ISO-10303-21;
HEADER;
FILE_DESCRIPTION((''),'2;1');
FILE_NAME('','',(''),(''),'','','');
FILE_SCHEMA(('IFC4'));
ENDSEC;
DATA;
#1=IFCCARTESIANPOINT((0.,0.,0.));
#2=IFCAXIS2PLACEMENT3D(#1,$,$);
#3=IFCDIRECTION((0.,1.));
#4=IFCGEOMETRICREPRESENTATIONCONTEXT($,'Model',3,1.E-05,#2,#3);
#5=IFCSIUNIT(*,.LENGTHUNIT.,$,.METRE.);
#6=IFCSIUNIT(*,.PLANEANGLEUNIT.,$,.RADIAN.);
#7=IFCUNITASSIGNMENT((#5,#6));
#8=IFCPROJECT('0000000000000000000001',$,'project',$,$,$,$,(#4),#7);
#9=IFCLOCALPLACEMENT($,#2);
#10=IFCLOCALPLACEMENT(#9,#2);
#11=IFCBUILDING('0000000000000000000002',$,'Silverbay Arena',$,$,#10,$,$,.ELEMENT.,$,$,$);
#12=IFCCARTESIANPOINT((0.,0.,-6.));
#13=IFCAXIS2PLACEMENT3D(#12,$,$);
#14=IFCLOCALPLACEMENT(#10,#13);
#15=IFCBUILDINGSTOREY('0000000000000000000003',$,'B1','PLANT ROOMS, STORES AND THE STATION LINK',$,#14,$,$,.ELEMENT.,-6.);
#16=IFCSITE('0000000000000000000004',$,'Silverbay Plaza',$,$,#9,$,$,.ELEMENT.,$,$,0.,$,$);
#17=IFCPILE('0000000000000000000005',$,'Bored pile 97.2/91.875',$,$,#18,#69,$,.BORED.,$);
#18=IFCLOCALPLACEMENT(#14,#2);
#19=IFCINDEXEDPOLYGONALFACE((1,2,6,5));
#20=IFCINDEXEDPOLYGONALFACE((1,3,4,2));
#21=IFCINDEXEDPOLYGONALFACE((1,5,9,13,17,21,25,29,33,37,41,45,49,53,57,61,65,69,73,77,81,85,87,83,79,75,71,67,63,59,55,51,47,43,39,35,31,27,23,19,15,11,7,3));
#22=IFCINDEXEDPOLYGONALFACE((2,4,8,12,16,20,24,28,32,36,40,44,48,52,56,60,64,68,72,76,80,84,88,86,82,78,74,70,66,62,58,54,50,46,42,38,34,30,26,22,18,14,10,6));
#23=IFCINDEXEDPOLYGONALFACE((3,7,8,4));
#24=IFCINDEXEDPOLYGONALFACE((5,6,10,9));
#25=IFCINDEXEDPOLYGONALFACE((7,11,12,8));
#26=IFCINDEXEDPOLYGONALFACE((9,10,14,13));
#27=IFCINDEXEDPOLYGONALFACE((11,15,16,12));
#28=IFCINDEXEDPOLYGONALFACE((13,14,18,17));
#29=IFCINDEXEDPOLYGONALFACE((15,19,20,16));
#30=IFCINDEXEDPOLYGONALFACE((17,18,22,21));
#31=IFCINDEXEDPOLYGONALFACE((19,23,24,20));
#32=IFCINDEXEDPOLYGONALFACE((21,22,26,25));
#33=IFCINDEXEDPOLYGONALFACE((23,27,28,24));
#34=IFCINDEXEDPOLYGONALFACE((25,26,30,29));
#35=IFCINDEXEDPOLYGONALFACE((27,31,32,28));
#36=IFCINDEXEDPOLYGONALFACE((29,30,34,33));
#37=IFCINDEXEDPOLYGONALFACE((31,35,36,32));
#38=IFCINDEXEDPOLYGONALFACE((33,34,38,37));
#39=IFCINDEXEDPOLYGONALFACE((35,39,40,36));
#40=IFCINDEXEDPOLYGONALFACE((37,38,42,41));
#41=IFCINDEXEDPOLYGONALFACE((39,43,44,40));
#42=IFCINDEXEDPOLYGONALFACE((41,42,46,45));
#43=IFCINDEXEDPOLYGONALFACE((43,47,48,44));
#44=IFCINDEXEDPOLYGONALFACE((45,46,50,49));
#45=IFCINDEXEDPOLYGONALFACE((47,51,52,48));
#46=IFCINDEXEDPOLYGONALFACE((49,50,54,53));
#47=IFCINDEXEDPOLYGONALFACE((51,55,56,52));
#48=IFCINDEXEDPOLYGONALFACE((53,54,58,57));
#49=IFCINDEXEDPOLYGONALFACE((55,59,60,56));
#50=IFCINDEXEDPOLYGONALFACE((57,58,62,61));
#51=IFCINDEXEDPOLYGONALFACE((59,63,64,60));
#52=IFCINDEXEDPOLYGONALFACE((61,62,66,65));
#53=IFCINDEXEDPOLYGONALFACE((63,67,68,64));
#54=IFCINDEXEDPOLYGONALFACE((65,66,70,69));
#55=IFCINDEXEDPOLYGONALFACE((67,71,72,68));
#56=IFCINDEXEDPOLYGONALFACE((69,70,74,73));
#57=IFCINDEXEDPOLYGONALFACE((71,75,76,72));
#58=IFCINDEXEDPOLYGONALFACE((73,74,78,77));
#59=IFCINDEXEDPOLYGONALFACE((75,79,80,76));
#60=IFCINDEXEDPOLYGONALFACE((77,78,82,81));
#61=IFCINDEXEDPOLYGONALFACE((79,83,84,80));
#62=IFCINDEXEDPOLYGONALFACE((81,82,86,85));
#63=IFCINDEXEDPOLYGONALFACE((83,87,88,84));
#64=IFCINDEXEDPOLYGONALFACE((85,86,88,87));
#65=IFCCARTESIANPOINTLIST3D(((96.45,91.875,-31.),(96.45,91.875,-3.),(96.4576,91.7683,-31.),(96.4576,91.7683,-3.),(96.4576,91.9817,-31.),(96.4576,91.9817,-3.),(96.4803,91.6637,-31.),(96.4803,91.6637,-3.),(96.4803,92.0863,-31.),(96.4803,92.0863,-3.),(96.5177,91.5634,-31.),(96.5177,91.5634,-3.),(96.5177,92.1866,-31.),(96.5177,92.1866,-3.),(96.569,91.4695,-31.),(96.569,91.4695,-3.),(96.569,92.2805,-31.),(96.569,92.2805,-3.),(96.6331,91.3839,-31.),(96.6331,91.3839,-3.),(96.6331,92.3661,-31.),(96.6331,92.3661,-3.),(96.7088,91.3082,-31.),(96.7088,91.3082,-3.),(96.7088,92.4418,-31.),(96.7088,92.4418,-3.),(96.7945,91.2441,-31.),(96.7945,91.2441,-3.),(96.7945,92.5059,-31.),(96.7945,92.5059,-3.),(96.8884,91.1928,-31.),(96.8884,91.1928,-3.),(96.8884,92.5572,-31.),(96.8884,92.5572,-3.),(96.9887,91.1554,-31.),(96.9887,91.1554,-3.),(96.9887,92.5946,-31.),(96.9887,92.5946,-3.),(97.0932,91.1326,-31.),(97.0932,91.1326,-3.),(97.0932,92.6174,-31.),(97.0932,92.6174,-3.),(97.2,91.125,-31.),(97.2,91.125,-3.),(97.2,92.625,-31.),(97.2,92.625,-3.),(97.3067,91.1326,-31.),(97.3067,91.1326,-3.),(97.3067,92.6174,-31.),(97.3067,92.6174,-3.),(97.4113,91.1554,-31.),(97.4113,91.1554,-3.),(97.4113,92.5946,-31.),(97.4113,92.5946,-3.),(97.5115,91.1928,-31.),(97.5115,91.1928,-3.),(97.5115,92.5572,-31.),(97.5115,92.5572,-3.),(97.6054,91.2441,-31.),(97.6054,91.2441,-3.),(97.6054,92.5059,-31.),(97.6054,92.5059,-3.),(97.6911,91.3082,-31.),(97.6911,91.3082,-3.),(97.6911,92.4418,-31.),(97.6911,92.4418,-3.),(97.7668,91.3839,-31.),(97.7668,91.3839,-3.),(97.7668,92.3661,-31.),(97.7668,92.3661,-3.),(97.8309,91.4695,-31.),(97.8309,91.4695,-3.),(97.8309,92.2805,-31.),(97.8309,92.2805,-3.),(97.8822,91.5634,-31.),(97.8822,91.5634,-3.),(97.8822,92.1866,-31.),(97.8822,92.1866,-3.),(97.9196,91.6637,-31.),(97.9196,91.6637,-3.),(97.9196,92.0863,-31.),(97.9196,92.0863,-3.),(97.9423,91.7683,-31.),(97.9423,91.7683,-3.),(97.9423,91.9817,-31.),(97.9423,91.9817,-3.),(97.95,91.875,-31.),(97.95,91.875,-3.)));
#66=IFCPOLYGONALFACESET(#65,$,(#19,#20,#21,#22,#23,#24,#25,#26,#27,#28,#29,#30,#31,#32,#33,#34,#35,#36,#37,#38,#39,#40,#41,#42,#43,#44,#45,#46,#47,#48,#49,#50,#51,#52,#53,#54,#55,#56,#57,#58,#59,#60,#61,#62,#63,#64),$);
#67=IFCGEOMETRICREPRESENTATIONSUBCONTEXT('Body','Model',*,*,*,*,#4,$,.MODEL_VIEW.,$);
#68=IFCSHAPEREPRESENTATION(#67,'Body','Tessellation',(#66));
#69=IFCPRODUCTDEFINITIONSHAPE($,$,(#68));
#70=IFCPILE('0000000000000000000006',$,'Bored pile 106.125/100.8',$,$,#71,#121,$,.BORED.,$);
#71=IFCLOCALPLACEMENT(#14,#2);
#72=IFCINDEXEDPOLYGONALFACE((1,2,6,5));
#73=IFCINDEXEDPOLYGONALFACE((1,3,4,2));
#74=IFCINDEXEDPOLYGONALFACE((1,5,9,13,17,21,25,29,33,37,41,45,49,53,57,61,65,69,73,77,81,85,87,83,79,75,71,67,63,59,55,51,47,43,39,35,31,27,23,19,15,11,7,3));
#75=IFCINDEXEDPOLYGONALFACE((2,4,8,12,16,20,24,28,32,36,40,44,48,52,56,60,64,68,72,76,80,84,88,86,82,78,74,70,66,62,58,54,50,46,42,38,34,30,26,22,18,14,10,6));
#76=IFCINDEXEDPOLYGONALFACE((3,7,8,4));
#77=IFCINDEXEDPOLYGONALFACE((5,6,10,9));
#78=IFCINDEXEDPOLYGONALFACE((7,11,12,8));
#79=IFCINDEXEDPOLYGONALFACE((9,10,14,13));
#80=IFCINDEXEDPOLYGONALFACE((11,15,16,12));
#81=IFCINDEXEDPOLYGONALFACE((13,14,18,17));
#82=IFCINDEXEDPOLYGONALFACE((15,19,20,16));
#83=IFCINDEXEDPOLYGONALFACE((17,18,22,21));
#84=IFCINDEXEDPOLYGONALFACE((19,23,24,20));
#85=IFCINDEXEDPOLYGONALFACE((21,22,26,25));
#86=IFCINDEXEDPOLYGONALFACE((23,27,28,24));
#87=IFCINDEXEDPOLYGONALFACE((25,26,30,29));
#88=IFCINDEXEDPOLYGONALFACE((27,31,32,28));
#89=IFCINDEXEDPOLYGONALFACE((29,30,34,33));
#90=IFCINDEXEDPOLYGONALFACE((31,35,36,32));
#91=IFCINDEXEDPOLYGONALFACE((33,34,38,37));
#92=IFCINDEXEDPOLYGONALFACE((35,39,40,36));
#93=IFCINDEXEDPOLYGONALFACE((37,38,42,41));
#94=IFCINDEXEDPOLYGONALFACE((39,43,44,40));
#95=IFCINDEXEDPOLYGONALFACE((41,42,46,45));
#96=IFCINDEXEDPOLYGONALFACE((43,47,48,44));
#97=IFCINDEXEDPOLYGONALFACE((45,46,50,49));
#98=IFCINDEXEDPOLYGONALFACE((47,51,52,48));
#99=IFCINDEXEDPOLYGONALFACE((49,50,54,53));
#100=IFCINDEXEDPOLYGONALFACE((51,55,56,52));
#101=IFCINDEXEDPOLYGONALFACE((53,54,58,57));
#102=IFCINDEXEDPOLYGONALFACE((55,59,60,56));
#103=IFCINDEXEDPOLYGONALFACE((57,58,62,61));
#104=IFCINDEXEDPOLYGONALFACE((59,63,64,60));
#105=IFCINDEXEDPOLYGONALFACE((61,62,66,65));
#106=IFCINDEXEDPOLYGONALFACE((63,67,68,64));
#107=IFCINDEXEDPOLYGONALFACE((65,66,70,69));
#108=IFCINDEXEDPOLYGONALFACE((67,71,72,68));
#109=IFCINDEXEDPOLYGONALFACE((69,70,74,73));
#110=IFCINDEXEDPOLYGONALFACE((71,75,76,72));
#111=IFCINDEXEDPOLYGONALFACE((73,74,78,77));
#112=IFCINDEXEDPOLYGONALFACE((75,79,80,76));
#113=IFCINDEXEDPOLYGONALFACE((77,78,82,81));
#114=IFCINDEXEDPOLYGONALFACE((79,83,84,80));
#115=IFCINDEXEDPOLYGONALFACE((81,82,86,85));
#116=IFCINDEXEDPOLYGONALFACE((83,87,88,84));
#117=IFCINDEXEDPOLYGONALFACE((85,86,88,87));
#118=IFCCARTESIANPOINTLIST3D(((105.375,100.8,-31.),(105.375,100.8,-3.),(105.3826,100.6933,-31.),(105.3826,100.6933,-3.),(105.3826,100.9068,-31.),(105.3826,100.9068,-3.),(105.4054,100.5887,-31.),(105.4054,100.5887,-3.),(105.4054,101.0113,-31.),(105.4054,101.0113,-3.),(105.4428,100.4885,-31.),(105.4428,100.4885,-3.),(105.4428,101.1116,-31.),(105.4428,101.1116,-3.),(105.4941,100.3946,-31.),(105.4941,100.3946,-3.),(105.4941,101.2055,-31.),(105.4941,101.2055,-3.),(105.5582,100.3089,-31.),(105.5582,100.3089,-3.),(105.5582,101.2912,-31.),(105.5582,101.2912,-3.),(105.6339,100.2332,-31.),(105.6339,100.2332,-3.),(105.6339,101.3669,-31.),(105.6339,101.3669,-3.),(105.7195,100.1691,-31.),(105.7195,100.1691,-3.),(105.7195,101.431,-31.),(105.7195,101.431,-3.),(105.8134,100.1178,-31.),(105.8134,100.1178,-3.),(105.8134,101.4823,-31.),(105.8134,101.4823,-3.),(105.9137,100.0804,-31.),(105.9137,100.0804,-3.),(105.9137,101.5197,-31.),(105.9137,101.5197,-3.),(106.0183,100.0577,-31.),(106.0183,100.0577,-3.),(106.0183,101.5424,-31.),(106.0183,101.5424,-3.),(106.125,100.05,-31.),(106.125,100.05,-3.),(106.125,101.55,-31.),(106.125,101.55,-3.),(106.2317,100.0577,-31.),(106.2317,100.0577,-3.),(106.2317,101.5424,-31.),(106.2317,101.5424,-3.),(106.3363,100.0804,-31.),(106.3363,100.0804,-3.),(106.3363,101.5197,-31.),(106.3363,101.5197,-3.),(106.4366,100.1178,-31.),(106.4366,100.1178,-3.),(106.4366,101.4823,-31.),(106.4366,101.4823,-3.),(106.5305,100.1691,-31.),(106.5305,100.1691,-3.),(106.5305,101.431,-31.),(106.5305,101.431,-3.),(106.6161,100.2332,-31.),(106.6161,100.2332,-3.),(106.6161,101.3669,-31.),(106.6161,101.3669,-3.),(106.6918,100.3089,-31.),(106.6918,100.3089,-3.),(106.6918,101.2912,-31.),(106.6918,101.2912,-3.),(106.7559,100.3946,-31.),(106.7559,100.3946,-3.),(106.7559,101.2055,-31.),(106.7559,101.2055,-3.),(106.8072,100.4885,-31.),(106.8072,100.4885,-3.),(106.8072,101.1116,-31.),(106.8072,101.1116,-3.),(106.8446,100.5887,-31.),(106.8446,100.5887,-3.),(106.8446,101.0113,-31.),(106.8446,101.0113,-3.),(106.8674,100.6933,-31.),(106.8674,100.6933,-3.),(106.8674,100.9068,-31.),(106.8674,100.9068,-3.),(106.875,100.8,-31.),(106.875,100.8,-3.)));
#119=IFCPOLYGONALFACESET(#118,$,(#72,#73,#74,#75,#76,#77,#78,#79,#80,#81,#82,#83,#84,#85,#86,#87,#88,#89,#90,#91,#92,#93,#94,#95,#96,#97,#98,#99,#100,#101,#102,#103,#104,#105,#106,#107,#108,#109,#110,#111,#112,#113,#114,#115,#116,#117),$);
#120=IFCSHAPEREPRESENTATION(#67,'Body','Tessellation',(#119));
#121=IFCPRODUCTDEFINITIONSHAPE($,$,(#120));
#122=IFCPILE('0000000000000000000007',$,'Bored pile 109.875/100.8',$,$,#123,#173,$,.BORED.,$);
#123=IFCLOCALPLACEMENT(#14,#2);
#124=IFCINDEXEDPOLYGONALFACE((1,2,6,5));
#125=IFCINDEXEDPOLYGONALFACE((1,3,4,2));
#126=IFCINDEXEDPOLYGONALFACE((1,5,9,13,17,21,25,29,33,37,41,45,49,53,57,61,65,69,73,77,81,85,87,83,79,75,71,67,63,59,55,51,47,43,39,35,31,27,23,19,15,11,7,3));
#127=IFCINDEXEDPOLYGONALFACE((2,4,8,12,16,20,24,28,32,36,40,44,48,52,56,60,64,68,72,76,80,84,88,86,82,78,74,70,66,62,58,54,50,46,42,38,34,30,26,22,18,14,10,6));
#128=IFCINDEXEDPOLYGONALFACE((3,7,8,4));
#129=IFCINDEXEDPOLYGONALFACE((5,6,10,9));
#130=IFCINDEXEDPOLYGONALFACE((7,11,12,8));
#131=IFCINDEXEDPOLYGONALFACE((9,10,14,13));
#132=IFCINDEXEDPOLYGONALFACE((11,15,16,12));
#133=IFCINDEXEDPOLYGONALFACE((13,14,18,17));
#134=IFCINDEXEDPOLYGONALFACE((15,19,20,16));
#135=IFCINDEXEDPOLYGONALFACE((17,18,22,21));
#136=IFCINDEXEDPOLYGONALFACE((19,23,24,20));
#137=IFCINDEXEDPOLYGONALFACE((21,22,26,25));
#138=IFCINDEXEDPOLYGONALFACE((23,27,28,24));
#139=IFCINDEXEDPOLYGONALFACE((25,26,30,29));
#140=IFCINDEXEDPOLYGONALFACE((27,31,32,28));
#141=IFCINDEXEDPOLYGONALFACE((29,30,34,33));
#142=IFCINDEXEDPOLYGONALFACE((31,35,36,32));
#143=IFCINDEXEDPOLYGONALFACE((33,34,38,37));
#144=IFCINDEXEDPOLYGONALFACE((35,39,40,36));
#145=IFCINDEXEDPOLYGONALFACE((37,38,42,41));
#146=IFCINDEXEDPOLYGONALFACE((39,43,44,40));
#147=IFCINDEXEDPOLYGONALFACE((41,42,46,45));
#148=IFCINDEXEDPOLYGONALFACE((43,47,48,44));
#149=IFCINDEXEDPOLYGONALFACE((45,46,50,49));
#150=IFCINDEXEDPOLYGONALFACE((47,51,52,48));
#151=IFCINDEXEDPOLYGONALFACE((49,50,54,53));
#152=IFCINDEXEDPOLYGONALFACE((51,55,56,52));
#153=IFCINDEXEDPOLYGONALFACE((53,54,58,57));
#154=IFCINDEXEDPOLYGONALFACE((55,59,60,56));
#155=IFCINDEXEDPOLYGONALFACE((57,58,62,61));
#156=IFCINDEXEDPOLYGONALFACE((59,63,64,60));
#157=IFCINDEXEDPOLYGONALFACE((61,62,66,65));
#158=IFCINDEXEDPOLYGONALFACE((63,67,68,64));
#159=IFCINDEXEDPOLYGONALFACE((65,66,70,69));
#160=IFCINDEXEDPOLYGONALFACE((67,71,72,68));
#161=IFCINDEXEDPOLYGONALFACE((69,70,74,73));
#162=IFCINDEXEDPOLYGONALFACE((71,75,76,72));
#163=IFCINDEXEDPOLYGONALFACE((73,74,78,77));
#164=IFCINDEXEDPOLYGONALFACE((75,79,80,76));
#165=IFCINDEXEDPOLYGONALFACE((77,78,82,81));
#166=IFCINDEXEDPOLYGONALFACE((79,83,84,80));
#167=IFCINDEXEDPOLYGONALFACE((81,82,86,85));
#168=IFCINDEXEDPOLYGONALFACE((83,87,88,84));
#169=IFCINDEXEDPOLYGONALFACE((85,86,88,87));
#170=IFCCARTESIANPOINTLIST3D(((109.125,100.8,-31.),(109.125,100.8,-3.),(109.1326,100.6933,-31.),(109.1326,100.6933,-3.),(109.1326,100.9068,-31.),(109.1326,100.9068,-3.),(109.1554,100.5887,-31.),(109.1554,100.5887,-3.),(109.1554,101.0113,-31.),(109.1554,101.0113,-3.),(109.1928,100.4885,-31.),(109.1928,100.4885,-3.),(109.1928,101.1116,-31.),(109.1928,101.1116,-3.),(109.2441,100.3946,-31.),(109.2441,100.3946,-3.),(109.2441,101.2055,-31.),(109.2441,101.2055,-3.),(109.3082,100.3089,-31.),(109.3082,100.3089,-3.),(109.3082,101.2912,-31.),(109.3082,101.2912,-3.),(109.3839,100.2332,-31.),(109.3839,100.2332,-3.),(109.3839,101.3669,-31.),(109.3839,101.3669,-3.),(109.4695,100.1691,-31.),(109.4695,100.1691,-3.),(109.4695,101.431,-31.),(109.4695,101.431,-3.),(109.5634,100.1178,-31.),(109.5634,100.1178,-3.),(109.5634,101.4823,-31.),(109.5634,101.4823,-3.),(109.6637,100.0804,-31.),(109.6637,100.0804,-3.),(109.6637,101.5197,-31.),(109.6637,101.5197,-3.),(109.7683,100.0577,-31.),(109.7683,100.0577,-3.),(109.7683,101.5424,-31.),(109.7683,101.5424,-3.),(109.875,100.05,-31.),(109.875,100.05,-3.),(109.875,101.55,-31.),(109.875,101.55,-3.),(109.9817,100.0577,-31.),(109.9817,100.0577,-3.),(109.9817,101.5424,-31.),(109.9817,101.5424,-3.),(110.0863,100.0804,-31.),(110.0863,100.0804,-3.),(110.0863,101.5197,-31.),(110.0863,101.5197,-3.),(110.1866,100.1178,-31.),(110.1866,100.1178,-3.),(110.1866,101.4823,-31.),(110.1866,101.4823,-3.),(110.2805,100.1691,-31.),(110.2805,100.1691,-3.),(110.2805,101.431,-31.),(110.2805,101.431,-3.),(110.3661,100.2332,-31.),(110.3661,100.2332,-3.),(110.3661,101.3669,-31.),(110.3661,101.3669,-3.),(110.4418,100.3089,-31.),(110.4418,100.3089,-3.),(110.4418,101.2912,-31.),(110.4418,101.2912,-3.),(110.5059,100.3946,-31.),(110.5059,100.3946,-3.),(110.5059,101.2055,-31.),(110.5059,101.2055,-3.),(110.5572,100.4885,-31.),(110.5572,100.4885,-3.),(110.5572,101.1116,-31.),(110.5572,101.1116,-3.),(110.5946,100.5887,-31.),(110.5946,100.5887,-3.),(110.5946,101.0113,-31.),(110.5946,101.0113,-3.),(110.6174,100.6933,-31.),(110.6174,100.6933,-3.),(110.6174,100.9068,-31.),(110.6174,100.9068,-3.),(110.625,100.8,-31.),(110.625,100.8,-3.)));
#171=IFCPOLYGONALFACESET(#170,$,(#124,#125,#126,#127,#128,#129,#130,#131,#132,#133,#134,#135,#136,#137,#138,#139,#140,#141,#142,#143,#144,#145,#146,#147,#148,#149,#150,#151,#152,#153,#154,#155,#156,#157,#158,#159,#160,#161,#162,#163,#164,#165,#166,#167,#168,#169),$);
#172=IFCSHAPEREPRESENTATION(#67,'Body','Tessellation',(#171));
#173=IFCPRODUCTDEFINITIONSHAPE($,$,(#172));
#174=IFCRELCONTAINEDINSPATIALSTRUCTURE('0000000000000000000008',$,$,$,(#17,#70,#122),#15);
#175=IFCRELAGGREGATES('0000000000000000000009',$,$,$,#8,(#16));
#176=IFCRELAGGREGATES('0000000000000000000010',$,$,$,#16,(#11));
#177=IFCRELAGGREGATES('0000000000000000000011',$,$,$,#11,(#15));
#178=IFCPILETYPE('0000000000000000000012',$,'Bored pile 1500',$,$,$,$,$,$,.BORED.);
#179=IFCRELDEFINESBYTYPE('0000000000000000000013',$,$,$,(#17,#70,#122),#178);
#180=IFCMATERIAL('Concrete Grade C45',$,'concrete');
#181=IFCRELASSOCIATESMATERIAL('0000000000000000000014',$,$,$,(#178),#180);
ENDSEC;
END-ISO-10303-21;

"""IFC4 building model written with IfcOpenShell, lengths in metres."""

from ifc_helpers import new_model, si_unit, direction, frame, origin, origin_2d, place, context, subcontext, project, spatial, circle, extrude, material, material_profile, profile_set, type_object, element, save


model = new_model("IFC4")

# Units and contexts
model_context = context("Model", 3, precision=1e-05, world=origin(), true_north=direction((0.0, 1.0)))
body_context = subcontext(model_context, "Body", "Model", "MODEL_VIEW")
ifc_project = project(units=[si_unit("LENGTHUNIT", "METRE"), si_unit("PLANEANGLEUNIT", "RADIAN")], contexts=[model_context])

# Site, building, storey
site_placement = place(None, origin())
site = spatial("IfcSite", under=ifc_project, at=site_placement, Name="Silverbay Plaza", CompositionType="ELEMENT", RefElevation=0.0)
building_placement = place(site_placement, origin())
building = spatial("IfcBuilding", under=site, at=building_placement, Name="Silverbay Arena", CompositionType="ELEMENT")
storey_placement = place(building_placement, frame((0.0, 0.0, -6.0)))
storey = spatial("IfcBuildingStorey", under=building, at=storey_placement, Name="B1", Description="PLANT ROOMS, STORES AND THE STATION LINK", CompositionType="ELEMENT", Elevation=-6.0)

# Piles
ifc_material_1 = material(Name="Concrete Grade C45", Category="concrete")
ifc_material_profile_1 = material_profile(ifc_material_1, circle(Radius=0.75, at=origin_2d()), Name="Bored pile 1500")
ifc_profile_set_1 = profile_set([ifc_material_profile_1], Name="Concrete Grade C45")
pile_type_1 = type_object("IfcPileType", Name="Bored pile 1500", PredefinedType="BORED", material=ifc_profile_set_1)
for number, where, z_axis, x_axis, name in (
    (1, (97.2, 91.875, -3.0), (0.0, 0.0, -1.0), (1.0, 0.0, 0.0), "Bored pile 97.2/91.875"),
    (2, (106.125, 100.8, -3.0), (0.0, 0.0, -1.0), (1.0, 0.0, 0.0), "Bored pile 106.125/100.8"),
    (3, (109.875, 100.8, -3.0), (0.0, 0.0, -1.0), (1.0, 0.0, 0.0), "Bored pile 109.875/100.8"),
):
    element("IfcPile", number, at=place(storey_placement, frame(where, z_axis=z_axis, x_axis=x_axis)), inside=storey, type_object=pile_type_1, Name=name, PredefinedType="BORED", context=body_context, shape_type="SweptSolid", body=[
        extrude(circle(Radius=0.75, at=origin_2d()), origin(), (0.0, 0.0, 1.0), 28.0),
    ])

save(model, "model.ifc")
